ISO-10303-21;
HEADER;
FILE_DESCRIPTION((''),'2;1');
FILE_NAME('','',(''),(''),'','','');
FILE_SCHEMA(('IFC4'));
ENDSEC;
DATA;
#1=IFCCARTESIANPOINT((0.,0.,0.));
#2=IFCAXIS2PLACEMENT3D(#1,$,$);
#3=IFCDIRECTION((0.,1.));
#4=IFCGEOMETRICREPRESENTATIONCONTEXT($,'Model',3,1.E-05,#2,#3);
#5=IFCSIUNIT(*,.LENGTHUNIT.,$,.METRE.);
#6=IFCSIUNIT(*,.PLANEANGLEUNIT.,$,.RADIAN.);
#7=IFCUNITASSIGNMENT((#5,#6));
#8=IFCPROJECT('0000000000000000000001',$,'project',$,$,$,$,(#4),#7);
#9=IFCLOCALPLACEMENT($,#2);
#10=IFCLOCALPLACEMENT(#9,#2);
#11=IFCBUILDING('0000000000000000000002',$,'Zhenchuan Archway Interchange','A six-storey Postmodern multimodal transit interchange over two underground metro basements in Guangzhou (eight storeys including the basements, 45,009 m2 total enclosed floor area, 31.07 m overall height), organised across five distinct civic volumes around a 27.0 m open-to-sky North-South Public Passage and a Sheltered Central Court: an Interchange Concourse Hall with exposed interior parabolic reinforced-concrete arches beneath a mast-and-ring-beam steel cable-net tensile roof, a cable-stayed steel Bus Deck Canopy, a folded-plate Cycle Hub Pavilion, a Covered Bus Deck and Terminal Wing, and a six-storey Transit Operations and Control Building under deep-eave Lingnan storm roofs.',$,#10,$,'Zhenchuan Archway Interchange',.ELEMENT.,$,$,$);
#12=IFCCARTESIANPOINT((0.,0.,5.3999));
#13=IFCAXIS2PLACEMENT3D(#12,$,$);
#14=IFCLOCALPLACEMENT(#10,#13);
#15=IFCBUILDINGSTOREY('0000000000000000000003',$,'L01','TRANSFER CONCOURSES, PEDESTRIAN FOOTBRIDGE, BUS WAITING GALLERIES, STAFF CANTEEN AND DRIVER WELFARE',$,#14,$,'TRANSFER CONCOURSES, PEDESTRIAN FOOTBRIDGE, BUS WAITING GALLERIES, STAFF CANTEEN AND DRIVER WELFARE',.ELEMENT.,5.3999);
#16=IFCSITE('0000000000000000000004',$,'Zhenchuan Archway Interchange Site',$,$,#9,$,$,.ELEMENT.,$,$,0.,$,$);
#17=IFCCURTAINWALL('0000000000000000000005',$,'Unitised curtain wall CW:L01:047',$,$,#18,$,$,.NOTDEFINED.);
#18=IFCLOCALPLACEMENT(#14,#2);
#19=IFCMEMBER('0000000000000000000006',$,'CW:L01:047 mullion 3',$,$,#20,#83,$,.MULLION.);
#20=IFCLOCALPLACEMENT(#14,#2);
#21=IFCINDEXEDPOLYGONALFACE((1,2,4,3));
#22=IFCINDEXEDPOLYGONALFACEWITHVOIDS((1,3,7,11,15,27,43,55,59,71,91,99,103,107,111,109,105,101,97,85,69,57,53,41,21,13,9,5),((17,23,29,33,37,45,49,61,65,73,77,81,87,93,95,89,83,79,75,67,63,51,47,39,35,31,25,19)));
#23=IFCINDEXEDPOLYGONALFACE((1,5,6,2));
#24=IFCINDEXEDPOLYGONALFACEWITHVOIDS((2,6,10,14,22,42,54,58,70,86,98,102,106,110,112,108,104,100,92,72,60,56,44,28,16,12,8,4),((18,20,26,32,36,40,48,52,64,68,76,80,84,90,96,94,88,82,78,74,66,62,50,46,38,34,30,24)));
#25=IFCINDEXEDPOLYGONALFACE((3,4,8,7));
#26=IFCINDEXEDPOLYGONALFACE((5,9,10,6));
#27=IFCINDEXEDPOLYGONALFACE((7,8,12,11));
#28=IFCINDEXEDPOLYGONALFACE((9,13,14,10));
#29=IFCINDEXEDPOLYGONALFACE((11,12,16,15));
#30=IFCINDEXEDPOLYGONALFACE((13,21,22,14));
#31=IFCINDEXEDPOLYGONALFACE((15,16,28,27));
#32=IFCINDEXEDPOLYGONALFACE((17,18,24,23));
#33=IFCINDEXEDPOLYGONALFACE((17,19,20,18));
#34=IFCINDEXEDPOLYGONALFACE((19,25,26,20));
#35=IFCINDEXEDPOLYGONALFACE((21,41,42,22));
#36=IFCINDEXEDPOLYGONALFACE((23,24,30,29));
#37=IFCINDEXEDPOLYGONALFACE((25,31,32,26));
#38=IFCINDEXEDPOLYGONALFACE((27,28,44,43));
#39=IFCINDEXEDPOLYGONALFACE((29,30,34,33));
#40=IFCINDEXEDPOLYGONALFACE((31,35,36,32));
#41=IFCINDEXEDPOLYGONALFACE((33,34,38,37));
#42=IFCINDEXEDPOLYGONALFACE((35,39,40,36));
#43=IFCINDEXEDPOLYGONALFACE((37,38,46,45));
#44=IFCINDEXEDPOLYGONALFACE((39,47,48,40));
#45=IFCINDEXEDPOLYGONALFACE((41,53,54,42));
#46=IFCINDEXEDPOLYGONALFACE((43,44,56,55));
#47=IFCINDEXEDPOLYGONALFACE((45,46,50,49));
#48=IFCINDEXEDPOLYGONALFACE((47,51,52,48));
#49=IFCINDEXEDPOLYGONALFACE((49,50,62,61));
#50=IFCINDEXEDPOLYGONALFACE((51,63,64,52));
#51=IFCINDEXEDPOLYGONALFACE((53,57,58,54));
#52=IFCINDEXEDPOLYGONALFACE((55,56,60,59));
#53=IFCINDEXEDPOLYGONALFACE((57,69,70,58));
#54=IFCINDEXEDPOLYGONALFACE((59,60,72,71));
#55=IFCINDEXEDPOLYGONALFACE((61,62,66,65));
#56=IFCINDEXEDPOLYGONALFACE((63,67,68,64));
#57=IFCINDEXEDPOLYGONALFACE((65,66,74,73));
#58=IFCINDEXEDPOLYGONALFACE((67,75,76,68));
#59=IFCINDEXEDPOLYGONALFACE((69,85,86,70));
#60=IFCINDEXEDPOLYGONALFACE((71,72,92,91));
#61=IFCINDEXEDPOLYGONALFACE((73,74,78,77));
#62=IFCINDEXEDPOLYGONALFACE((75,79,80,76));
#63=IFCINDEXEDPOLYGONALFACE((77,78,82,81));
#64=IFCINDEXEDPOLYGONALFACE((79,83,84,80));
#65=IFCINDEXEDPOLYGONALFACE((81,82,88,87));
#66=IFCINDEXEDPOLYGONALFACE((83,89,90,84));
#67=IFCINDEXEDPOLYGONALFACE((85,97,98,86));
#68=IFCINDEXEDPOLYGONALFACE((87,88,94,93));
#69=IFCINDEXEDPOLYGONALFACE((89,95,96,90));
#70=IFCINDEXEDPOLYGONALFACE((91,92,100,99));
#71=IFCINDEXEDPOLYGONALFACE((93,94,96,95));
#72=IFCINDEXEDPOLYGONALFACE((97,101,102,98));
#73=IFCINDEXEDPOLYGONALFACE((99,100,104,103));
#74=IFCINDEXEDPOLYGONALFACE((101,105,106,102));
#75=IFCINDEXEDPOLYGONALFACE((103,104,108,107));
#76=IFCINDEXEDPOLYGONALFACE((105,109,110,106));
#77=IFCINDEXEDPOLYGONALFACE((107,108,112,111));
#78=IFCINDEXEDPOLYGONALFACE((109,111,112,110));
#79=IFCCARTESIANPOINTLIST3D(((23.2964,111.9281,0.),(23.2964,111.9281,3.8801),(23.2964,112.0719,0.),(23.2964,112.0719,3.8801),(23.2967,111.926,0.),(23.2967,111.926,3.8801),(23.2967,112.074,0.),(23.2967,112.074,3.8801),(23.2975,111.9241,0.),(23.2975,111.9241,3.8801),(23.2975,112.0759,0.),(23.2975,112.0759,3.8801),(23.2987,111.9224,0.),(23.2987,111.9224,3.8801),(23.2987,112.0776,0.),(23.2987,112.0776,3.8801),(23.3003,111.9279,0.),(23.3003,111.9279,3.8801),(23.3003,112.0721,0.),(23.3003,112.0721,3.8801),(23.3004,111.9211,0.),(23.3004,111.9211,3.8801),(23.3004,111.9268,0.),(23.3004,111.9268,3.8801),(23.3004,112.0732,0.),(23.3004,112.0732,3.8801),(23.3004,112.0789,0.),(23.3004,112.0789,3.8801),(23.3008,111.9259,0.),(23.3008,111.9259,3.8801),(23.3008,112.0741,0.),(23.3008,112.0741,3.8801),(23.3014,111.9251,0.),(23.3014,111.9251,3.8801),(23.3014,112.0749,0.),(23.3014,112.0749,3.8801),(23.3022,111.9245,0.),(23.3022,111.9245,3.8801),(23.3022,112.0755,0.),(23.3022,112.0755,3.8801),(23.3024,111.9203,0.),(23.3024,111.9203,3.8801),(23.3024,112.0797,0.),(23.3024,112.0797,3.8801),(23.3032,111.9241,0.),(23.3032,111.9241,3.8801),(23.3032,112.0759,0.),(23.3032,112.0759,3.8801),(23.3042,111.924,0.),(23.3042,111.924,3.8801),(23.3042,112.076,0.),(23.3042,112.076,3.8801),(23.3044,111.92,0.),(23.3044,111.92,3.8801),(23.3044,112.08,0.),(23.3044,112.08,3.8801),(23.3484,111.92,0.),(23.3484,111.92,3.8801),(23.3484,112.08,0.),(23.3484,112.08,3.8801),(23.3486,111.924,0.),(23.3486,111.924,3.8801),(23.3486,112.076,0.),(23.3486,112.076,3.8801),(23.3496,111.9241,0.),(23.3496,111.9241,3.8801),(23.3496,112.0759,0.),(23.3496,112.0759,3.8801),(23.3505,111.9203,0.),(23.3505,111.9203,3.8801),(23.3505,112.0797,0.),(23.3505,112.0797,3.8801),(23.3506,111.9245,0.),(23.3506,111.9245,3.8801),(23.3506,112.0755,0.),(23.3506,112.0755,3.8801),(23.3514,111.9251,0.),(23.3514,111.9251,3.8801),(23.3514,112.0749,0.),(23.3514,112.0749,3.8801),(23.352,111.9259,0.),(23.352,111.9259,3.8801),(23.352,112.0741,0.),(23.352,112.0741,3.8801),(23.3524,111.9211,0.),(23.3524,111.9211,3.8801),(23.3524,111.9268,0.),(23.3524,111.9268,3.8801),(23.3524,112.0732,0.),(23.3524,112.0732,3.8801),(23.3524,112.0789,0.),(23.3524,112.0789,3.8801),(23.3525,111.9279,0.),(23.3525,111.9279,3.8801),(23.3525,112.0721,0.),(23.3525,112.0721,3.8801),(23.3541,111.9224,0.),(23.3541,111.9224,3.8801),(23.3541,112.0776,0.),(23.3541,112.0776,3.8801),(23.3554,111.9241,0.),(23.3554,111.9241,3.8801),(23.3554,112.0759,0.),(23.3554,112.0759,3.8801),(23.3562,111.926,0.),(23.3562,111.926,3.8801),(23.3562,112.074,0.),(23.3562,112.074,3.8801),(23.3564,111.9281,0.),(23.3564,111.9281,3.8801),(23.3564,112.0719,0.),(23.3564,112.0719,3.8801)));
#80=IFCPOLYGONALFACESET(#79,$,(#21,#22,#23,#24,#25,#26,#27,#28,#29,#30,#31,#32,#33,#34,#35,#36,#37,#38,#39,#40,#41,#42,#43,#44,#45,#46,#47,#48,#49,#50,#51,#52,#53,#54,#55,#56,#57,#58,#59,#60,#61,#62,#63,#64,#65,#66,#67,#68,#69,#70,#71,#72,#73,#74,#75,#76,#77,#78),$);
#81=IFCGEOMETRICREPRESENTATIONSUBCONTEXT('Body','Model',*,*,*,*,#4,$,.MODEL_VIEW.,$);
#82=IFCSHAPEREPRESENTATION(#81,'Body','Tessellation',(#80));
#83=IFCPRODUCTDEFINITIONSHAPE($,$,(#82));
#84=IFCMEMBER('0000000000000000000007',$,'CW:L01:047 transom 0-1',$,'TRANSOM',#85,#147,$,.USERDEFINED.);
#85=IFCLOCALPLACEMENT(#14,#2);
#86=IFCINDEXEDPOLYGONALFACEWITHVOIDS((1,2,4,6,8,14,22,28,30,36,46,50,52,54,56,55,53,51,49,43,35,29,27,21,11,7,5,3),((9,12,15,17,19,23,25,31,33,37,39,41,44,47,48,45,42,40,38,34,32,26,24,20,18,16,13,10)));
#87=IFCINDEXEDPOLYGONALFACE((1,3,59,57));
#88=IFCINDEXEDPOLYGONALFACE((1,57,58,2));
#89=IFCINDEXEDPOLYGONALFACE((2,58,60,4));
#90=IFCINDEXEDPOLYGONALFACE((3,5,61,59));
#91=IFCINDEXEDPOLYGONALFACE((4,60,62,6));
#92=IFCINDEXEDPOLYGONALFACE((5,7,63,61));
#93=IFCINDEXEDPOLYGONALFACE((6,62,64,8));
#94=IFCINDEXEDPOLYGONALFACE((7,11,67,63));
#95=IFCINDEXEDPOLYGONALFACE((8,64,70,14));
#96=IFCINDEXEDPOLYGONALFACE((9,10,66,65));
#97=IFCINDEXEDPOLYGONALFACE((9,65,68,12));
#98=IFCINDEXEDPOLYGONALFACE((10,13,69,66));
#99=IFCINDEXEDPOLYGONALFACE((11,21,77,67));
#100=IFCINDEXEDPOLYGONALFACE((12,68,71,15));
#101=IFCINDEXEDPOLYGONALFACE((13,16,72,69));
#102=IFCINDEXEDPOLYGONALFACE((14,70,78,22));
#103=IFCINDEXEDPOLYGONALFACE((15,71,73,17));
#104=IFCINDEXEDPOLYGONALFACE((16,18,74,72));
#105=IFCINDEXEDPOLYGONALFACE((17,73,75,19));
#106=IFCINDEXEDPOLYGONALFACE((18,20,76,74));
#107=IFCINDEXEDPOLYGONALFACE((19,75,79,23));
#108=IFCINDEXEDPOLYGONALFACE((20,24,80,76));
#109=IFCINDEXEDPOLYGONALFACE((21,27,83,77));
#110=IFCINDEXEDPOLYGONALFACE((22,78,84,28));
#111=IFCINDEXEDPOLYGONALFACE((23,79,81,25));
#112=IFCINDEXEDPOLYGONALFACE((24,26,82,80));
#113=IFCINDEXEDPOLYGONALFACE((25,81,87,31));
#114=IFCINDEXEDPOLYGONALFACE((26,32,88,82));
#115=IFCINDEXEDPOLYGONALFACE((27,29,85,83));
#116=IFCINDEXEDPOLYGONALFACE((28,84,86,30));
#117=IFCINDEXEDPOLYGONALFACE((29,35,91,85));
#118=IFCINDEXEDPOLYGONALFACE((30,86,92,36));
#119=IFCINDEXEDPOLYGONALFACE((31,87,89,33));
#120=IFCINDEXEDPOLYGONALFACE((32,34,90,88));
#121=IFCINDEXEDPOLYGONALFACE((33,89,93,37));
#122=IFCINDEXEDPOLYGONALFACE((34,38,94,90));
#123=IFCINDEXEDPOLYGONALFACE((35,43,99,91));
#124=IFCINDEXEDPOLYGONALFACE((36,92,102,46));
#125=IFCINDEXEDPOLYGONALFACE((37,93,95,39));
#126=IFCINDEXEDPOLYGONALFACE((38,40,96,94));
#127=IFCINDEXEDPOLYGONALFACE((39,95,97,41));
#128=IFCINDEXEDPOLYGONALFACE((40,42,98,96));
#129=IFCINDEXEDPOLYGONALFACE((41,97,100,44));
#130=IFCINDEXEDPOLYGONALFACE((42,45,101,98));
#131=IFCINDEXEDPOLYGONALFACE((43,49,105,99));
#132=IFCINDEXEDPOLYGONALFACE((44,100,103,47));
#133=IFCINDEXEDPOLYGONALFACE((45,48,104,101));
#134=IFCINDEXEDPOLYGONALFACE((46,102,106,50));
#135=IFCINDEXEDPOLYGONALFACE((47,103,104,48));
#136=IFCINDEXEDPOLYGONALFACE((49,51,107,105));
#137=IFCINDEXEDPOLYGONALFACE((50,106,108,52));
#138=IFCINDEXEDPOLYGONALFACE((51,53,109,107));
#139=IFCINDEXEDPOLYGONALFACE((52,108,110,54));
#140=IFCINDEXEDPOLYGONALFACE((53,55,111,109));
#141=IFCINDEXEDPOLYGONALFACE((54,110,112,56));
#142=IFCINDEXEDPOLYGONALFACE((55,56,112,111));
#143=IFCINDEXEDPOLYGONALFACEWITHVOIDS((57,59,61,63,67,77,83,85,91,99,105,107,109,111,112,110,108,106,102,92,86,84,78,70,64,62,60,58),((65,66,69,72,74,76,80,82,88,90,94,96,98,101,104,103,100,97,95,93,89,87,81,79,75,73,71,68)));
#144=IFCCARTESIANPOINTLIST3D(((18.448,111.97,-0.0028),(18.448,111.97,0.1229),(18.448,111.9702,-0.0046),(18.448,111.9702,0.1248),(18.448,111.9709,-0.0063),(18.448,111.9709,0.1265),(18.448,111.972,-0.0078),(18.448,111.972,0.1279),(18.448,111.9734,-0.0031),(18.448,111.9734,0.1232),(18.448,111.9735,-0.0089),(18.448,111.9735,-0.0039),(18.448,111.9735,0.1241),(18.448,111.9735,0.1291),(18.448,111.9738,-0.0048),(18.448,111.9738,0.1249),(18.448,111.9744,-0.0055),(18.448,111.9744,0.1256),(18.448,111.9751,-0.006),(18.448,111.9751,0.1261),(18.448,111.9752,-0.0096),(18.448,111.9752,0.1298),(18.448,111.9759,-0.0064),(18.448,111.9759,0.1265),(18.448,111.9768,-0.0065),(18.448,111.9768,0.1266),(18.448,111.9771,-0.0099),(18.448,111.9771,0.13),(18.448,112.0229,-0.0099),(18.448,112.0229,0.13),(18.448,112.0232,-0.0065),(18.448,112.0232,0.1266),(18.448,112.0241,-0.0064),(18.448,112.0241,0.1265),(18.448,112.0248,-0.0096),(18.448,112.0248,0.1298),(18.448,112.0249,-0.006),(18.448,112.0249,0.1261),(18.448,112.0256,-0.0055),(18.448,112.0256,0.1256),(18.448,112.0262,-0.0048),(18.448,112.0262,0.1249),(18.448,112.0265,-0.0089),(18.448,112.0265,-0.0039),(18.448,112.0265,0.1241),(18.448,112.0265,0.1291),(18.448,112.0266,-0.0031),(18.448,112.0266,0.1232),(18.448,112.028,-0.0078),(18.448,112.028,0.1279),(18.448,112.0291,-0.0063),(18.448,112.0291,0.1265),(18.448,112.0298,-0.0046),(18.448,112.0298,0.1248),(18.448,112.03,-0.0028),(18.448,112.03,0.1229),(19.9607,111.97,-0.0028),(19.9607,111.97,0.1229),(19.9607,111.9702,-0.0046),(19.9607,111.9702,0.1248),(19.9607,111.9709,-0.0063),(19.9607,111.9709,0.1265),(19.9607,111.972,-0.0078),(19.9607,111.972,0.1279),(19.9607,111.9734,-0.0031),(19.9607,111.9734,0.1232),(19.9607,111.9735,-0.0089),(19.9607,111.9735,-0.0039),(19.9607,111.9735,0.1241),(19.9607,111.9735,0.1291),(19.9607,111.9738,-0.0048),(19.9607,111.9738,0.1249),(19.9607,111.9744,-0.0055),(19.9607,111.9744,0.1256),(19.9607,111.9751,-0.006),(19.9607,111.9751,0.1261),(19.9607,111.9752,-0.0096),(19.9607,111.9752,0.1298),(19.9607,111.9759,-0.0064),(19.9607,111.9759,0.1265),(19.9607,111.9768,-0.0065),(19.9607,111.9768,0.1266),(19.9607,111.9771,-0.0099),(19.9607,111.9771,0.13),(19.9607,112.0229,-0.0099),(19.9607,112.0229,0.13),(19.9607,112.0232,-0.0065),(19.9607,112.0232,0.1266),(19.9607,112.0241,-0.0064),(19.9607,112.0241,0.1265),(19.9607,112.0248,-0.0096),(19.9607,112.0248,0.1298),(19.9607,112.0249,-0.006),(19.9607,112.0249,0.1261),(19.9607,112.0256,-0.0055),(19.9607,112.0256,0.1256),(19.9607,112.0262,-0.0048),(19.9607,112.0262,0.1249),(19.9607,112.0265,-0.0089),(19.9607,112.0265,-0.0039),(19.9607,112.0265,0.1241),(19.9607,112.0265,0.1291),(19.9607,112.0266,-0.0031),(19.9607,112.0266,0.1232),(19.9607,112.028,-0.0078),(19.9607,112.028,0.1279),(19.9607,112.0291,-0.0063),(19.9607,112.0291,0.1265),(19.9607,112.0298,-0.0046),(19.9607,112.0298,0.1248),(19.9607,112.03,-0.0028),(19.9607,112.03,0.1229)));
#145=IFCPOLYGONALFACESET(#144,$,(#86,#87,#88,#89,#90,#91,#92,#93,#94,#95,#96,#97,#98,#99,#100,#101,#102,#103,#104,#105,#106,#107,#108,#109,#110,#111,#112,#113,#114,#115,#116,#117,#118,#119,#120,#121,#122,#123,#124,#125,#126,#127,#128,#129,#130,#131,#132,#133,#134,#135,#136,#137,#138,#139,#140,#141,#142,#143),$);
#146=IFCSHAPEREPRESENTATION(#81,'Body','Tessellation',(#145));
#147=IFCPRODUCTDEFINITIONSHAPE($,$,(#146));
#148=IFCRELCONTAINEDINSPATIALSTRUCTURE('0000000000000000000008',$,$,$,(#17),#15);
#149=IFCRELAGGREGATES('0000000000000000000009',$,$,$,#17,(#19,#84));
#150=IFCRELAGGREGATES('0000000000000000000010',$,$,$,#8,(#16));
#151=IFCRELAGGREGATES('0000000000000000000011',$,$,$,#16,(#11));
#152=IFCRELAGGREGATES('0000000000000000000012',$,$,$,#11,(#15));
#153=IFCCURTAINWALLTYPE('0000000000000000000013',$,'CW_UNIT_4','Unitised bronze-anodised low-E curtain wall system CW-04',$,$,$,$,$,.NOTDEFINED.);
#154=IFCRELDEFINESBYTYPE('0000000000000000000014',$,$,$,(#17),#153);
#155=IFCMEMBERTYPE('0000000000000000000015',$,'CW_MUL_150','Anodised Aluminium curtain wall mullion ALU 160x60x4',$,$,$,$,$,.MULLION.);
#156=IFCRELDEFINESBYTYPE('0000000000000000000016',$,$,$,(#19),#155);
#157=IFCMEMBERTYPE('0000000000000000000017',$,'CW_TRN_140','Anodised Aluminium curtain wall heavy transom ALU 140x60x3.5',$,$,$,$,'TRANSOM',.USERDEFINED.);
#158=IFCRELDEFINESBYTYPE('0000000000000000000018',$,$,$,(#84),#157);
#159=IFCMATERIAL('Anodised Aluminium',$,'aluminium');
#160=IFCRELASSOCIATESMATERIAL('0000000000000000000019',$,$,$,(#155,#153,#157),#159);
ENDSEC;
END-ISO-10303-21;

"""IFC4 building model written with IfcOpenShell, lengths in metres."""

from ifc_helpers import new_model, si_unit, direction, frame, origin, origin_2d, place, context, subcontext, project, spatial, hollow_rectangle, extrude, material, material_profile, profile_set, type_object, element, aggregate, save


model = new_model("IFC4")

# Units and contexts
model_context = context("Model", 3, precision=1e-05, world=origin(), true_north=direction((0.0, 1.0)))
body_context = subcontext(model_context, "Body", "Model", "MODEL_VIEW")
ifc_project = project(units=[si_unit("LENGTHUNIT", "METRE"), si_unit("PLANEANGLEUNIT", "RADIAN")], contexts=[model_context])

# Site, building, storey
site_placement = place(None, origin())
site = spatial("IfcSite", under=ifc_project, at=site_placement, Name="Zhenchuan Archway Interchange Site", CompositionType="ELEMENT", RefElevation=0.0)
building_placement = place(site_placement, origin())
building = spatial("IfcBuilding", under=site, at=building_placement, Name="Zhenchuan Archway Interchange", Description="A six-storey Postmodern multimodal transit interchange over two underground metro basements in Guangzhou (eight storeys including the basements, 45,009 m2 total enclosed floor area, 31.07 m overall height), organised across five distinct civic volumes around a 27.0 m open-to-sky North-South Public Passage and a Sheltered Central Court: an Interchange Concourse Hall with exposed interior parabolic reinforced-concrete arches beneath a mast-and-ring-beam steel cable-net tensile roof, a cable-stayed steel Bus Deck Canopy, a folded-plate Cycle Hub Pavilion, a Covered Bus Deck and Terminal Wing, and a six-storey Transit Operations and Control Building under deep-eave Lingnan storm roofs.", LongName="Zhenchuan Archway Interchange", CompositionType="ELEMENT")
storey_placement = place(building_placement, frame((0.0, 0.0, 5.3999)))
storey = spatial("IfcBuildingStorey", under=building, at=storey_placement, Name="L01", Description="TRANSFER CONCOURSES, PEDESTRIAN FOOTBRIDGE, BUS WAITING GALLERIES, STAFF CANTEEN AND DRIVER WELFARE", LongName="TRANSFER CONCOURSES, PEDESTRIAN FOOTBRIDGE, BUS WAITING GALLERIES, STAFF CANTEEN AND DRIVER WELFARE", CompositionType="ELEMENT", Elevation=5.3999)

# Shared definitions
ifc_material_1 = material(Name="Anodised Aluminium", Category="aluminium")
ifc_material_profile_1 = material_profile(ifc_material_1, hollow_rectangle(XDim=0.0601, YDim=0.1599, WallThickness=0.0039, InnerFilletRadius=0.0039, OuterFilletRadius=0.0081, at=origin_2d()), Name="ALU 160x60x4")
ifc_profile_set_1 = profile_set([ifc_material_profile_1], Name="Anodised Aluminium")
member_type_1 = type_object("IfcMemberType", Name="CW_MUL_150", Description="Anodised Aluminium curtain wall mullion ALU 160x60x4", PredefinedType="MULLION", material=ifc_profile_set_1)

# Curtain wall, members
curtain_wall_type_1 = type_object("IfcCurtainWallType", Name="CW_UNIT_4", Description="Unitised bronze-anodised low-E curtain wall system CW-04", PredefinedType="NOTDEFINED", material=ifc_material_1)
curtain_wall_1_placement = place(storey_placement, origin())
curtain_wall_1 = element("IfcCurtainWall", 1, at=curtain_wall_1_placement, inside=storey, type_object=curtain_wall_type_1, Name="Unitised curtain wall CW:L01:047", PredefinedType="NOTDEFINED")
member_1_placement = place(storey_placement, frame((23.3264, 112.0, 0.0), z_axis=(0.0, 0.0, 1.0), x_axis=(1.0, 0.0, 0.0)))
member_1 = element("IfcMember", 2, at=member_1_placement, type_object=member_type_1, Name="CW:L01:047 mullion 3", PredefinedType="MULLION", context=body_context, shape_type="SweptSolid", body=[
    extrude(hollow_rectangle(XDim=0.0601, YDim=0.1599, WallThickness=0.0039, InnerFilletRadius=0.0039, OuterFilletRadius=0.0081, at=origin_2d()), origin(), (0.0, 0.0, 1.0), 3.8801),
])
ifc_material_profile_2 = material_profile(ifc_material_1, hollow_rectangle(XDim=0.0601, YDim=0.1399, WallThickness=0.0034, InnerFilletRadius=0.0034, OuterFilletRadius=0.0071, at=origin_2d()), Name="ALU 140x60x3.5")
ifc_profile_set_2 = profile_set([ifc_material_profile_2], Name="Anodised Aluminium")
member_type_2 = type_object("IfcMemberType", Name="CW_TRN_140", Description="Anodised Aluminium curtain wall heavy transom ALU 140x60x3.5", ElementType="TRANSOM", PredefinedType="USERDEFINED", material=ifc_profile_set_2)
member_2_placement = place(storey_placement, frame((18.448, 112.0, 0.0601), z_axis=(1.0, 0.0, 0.0), x_axis=(0.0, 1.0, 0.0)))
member_2 = element("IfcMember", 3, at=member_2_placement, type_object=member_type_2, Name="CW:L01:047 transom 0-1", ObjectType="TRANSOM", PredefinedType="USERDEFINED", context=body_context, shape_type="SweptSolid", body=[
    extrude(hollow_rectangle(XDim=0.0601, YDim=0.1399, WallThickness=0.0034, InnerFilletRadius=0.0034, OuterFilletRadius=0.0071, at=origin_2d()), origin(), (0.0, 0.0, 1.0), 1.5127),
])

aggregate(curtain_wall_1, [member_1, member_2])

save(model, "model.ifc")
